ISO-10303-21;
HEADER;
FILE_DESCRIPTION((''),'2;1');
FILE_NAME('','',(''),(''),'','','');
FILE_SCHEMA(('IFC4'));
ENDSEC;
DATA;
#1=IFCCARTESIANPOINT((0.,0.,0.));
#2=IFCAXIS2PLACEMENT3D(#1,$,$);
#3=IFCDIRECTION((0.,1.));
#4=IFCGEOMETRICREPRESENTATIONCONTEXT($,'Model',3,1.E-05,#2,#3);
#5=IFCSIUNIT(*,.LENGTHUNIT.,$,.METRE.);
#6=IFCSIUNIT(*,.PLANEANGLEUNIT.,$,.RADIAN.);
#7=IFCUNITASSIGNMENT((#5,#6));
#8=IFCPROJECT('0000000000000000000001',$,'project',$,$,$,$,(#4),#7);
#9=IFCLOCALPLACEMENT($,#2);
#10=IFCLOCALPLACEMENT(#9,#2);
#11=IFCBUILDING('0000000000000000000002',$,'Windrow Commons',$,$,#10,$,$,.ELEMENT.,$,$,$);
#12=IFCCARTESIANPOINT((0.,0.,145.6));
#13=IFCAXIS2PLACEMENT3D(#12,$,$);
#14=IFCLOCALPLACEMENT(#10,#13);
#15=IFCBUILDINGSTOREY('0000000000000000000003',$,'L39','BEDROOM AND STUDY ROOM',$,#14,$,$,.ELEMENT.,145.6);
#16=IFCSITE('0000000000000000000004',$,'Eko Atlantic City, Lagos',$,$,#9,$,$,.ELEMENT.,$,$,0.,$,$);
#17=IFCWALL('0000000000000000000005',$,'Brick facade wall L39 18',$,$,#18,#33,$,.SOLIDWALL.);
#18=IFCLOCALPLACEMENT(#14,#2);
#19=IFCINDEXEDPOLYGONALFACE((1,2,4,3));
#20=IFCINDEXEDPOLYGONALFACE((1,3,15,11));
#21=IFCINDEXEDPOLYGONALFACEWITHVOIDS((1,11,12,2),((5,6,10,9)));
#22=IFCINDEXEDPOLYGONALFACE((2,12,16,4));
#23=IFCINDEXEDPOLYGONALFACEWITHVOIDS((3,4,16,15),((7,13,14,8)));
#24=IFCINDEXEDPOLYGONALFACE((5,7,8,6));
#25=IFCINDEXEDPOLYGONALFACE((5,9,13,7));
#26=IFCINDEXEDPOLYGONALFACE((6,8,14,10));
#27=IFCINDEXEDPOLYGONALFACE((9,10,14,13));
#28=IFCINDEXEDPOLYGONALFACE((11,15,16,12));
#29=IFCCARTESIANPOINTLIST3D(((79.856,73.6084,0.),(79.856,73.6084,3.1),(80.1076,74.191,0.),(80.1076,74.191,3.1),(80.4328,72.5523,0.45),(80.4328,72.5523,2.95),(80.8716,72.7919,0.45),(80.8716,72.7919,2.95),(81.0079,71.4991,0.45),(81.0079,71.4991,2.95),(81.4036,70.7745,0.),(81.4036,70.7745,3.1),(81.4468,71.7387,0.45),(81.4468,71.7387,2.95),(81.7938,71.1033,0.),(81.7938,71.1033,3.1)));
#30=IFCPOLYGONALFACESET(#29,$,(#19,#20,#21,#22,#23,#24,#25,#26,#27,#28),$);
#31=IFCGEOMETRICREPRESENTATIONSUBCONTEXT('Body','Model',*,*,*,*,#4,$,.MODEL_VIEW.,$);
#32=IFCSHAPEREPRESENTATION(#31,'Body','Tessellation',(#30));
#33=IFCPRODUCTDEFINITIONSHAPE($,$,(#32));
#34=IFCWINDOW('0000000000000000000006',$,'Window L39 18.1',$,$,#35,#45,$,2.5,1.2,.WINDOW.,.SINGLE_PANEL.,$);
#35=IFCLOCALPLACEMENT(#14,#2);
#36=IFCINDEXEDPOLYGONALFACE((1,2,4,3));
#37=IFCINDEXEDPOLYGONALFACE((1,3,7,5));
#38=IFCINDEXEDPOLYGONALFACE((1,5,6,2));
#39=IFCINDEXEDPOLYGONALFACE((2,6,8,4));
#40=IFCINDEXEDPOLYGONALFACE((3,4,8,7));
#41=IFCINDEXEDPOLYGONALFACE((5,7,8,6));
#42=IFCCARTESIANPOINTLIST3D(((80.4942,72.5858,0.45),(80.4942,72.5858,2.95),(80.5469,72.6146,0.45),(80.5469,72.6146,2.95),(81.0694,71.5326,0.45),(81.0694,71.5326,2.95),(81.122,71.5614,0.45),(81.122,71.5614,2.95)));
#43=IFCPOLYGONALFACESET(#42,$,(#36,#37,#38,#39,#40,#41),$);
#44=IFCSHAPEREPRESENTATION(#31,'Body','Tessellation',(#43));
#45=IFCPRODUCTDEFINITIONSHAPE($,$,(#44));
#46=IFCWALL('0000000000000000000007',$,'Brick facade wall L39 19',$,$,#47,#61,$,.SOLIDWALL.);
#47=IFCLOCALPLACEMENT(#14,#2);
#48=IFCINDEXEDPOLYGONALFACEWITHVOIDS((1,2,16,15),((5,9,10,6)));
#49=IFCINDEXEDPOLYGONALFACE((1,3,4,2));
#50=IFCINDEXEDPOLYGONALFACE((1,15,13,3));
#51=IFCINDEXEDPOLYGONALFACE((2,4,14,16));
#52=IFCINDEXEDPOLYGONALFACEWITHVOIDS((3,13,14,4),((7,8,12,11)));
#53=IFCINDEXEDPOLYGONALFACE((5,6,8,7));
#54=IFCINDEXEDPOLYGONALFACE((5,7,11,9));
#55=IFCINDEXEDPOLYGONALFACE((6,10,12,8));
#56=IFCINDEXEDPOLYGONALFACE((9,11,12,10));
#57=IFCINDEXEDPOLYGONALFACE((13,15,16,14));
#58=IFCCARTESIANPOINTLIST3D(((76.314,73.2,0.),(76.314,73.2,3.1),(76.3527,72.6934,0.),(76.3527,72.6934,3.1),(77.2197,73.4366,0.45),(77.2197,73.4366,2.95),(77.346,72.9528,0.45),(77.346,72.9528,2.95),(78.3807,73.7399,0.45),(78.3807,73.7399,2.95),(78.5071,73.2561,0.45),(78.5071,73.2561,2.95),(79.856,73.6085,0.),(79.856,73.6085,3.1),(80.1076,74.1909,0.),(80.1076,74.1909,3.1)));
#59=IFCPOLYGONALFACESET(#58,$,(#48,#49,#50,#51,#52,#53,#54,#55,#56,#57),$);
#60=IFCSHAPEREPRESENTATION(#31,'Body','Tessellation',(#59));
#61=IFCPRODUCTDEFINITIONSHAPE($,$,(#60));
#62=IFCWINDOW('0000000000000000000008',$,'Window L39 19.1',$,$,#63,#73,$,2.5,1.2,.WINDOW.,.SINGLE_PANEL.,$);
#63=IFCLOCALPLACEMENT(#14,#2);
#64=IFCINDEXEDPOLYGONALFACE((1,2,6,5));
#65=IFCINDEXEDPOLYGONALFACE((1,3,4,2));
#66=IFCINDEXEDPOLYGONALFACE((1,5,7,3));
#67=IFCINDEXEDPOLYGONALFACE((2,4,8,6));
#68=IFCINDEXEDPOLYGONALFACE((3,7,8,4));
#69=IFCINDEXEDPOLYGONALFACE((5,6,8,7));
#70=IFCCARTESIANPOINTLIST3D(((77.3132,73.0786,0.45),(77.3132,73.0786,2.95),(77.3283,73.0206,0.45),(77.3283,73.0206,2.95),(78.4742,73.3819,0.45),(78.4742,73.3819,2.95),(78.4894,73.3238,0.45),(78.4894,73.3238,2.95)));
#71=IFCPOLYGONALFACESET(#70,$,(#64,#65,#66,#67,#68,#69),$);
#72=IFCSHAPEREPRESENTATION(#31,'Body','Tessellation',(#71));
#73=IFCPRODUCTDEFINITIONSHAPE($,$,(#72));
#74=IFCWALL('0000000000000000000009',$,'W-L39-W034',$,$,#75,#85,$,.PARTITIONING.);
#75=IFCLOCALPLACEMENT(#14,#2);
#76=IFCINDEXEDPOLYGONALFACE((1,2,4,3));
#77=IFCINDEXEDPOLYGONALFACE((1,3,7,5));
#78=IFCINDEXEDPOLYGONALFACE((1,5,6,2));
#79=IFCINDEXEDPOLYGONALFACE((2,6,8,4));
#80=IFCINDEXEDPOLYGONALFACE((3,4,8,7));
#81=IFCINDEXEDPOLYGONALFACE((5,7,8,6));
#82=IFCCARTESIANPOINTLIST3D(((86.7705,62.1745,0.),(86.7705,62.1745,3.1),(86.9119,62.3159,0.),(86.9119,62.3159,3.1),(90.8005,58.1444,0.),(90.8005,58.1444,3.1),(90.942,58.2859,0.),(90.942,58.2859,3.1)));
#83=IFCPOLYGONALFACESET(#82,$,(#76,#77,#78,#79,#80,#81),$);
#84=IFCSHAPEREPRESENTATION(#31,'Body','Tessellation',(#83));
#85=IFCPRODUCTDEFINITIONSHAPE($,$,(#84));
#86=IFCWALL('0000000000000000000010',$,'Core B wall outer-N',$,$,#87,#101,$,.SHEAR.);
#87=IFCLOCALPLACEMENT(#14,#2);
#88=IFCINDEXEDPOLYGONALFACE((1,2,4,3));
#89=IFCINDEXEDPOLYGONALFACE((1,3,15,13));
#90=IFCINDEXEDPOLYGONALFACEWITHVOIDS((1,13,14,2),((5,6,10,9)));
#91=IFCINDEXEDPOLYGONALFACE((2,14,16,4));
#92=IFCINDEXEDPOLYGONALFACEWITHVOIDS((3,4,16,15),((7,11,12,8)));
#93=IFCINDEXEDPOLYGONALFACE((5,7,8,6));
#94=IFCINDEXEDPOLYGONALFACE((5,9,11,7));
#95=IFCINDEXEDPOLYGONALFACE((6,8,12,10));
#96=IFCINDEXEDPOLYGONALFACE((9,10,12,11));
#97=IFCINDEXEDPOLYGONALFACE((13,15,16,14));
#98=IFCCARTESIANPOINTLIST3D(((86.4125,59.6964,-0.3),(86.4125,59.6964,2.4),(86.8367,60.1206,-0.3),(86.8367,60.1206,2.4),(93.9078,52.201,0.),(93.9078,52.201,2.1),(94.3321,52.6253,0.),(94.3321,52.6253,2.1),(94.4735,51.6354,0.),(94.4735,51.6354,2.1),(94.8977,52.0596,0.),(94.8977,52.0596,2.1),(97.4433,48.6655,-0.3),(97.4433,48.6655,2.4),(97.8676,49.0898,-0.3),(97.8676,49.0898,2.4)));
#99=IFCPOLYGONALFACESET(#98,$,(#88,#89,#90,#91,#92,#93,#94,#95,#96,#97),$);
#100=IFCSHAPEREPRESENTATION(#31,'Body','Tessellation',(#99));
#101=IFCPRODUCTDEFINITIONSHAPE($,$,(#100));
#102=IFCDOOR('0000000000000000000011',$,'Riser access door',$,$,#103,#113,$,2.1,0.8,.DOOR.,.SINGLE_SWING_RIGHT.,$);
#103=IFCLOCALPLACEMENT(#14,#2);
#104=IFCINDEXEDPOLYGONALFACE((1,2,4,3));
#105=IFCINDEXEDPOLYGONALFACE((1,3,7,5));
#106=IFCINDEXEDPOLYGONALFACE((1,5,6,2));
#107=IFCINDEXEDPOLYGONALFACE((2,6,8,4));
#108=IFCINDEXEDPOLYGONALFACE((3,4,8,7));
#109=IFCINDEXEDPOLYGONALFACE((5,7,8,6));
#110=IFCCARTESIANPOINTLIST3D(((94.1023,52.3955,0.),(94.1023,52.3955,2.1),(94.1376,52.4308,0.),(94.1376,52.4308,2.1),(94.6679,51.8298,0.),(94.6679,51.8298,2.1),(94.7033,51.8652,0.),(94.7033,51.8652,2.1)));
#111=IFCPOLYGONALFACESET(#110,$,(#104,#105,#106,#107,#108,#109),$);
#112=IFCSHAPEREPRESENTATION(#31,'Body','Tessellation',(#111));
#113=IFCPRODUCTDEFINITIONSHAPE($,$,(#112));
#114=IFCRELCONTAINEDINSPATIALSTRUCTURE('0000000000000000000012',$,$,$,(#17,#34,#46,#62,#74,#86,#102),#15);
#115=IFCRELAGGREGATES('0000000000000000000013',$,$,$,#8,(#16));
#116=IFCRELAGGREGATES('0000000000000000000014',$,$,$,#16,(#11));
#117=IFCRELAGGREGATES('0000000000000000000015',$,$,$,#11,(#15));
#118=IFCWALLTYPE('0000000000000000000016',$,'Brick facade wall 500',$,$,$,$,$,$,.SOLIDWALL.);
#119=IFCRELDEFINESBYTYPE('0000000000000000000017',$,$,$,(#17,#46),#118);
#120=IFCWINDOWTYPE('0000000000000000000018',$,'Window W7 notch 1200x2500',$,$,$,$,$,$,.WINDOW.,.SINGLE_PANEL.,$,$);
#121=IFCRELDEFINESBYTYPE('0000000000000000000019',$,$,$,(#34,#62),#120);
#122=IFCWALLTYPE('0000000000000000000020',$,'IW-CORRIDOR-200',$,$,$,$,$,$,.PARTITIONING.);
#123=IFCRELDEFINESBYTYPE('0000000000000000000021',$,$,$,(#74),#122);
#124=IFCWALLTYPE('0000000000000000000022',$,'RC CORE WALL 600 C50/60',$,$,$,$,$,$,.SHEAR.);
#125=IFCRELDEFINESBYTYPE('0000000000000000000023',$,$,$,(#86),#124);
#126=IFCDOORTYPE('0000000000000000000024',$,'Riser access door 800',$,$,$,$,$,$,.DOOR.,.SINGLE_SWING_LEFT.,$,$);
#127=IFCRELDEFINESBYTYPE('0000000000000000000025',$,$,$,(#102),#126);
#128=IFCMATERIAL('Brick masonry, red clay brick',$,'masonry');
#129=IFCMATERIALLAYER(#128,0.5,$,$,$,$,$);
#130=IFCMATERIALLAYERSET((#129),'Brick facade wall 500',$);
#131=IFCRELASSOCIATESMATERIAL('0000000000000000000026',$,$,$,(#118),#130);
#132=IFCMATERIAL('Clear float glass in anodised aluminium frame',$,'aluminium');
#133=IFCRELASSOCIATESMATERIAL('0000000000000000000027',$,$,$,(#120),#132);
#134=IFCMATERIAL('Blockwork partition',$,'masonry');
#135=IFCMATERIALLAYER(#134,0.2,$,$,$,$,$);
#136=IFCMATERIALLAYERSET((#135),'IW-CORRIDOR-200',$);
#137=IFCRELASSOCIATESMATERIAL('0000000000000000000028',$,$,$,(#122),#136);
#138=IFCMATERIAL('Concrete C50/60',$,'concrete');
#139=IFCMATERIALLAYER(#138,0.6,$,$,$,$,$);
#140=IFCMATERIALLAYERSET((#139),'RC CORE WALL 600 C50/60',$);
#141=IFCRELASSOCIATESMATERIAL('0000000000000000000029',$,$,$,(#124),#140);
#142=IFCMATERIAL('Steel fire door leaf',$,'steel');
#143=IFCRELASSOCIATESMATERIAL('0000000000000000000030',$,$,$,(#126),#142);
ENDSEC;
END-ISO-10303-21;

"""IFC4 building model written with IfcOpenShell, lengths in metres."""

from ifc_helpers import new_model, si_unit, direction, frame, frame_2d, origin, place, context, subcontext, project, spatial, polyline, rectangle, outline, extrude, material, layer, layer_set, type_object, element, fill, save


model = new_model("IFC4")

# Units and contexts
model_context = context("Model", 3, precision=1e-05, world=origin(), true_north=direction((0.0, 1.0)))
body_context = subcontext(model_context, "Body", "Model", "MODEL_VIEW")
ifc_project = project(units=[si_unit("LENGTHUNIT", "METRE"), si_unit("PLANEANGLEUNIT", "RADIAN")], contexts=[model_context])

# Site, building, storey
site_placement = place(None, origin())
site = spatial("IfcSite", under=ifc_project, at=site_placement, Name="Eko Atlantic City, Lagos", CompositionType="ELEMENT", RefElevation=0.0)
building_placement = place(site_placement, origin())
building = spatial("IfcBuilding", under=site, at=building_placement, Name="Windrow Commons", CompositionType="ELEMENT")
storey_placement = place(building_placement, frame((0.0, 0.0, 145.6)))
storey = spatial("IfcBuildingStorey", under=building, at=storey_placement, Name="L39", Description="BEDROOM AND STUDY ROOM", CompositionType="ELEMENT", Elevation=145.6)

# Walls, openings, windows
ifc_material_1 = material(Name="Brick masonry, red clay brick", Category="masonry")
ifc_layer_1 = layer(ifc_material_1, 0.5)
ifc_layer_set_1 = layer_set([ifc_layer_1], Name="Brick facade wall 500")
wall_type_1 = type_object("IfcWallType", Name="Brick facade wall 500", PredefinedType="SOLIDWALL", material=ifc_layer_set_1)
ifc_material_2 = material(Name="Clear float glass in anodised aluminium frame", Category="aluminium")
window_type = type_object("IfcWindowType", Name="Window W7 notch 1200x2500", PartitioningType="SINGLE_PANEL", PredefinedType="WINDOW", material=ifc_material_2)
wall_1_placement = place(storey_placement, frame((81.5987, 70.9389, 0.0), z_axis=(0.0, 0.0, 1.0), x_axis=(-0.47929, 0.877656, 0.0)))
wall_1 = element("IfcWall", 1, at=wall_1_placement, inside=storey, type_object=wall_type_1, Name="Brick facade wall L39 18", PredefinedType="SOLIDWALL", context=body_context, shape_type="SweptSolid", body=[
    extrude(outline(polyline([(0.0508, -0.25), (3.5689, -0.25), (3.1782, 0.25), (-0.0508, 0.25), (0.0508, -0.25)])), origin(), (0.0, 0.0, 1.0), 3.1),
])
opening_1_placement = place(wall_1_placement, frame((0.7748, 0.0, 0.45)))
opening_1 = element("IfcOpeningElement", 2, at=opening_1_placement, cuts=wall_1, PredefinedType="OPENING", context=body_context, shape_type="SweptSolid", body=[
    extrude(rectangle(XDim=1.2, YDim=2.5, at=frame_2d((0.6, 1.25))), frame((0.0, 0.26, 0.0), z_axis=(0.0, -1.0, 0.0), x_axis=(1.0, 0.0, 0.0)), (0.0, 0.0, 1.0), 0.52),
])
window_1_placement = place(opening_1_placement, origin())
window_1 = element("IfcWindow", 3, at=window_1_placement, inside=storey, type_object=window_type, Name="Window L39 18.1", OverallHeight=2.5, OverallWidth=1.2, PartitioningType="SINGLE_PANEL", PredefinedType="WINDOW", context=body_context, shape_type="SweptSolid", body=[
    extrude(rectangle(XDim=1.2, YDim=2.5, at=frame_2d((0.6, 1.25))), frame((0.0, 0.18, 0.0), z_axis=(0.0, -1.0, 0.0), x_axis=(1.0, 0.0, 0.0)), (0.0, 0.0, 1.0), 0.06),
])
fill(opening_1, window_1)
wall_2_placement = place(storey_placement, frame((79.9818, 73.8997, 0.0), z_axis=(0.0, 0.0, 1.0), x_axis=(-0.967538, -0.252724, 0.0)))
wall_2 = element("IfcWall", 4, at=wall_2_placement, inside=storey, type_object=wall_type_1, Name="Brick facade wall L39 19", PredefinedType="SOLIDWALL", context=body_context, shape_type="SweptSolid", body=[
    extrude(outline(polyline([(-0.1953, -0.25), (3.7256, -0.25), (3.8162, 0.25), (0.1953, 0.25), (-0.1953, -0.25)])), origin(), (0.0, 0.0, 1.0), 3.1),
])
opening_2_placement = place(wall_2_placement, frame((1.5895, 0.0, 0.45)))
opening_2 = element("IfcOpeningElement", 5, at=opening_2_placement, cuts=wall_2, PredefinedType="OPENING", context=body_context, shape_type="SweptSolid", body=[
    extrude(rectangle(XDim=1.2, YDim=2.5, at=frame_2d((0.6, 1.25))), frame((0.0, 0.26, 0.0), z_axis=(0.0, -1.0, 0.0), x_axis=(1.0, 0.0, 0.0)), (0.0, 0.0, 1.0), 0.52),
])
window_2_placement = place(opening_2_placement, origin())
window_2 = element("IfcWindow", 6, at=window_2_placement, inside=storey, type_object=window_type, Name="Window L39 19.1", OverallHeight=2.5, OverallWidth=1.2, PartitioningType="SINGLE_PANEL", PredefinedType="WINDOW", context=body_context, shape_type="SweptSolid", body=[
    extrude(rectangle(XDim=1.2, YDim=2.5, at=frame_2d((0.6, 1.25))), frame((0.0, 0.18, 0.0), z_axis=(0.0, -1.0, 0.0), x_axis=(1.0, 0.0, 0.0)), (0.0, 0.0, 1.0), 0.06),
])
fill(opening_2, window_2)

# Wall
ifc_material_3 = material(Name="Blockwork partition", Category="masonry")
ifc_layer_2 = layer(ifc_material_3, 0.2)
ifc_layer_set_2 = layer_set([ifc_layer_2], Name="IW-CORRIDOR-200")
wall_type_2 = type_object("IfcWallType", Name="IW-CORRIDOR-200", PredefinedType="PARTITIONING", material=ifc_layer_set_2)
wall_3_placement = place(storey_placement, frame((86.8412, 62.2452, 0.0), z_axis=(0.0, 0.0, 1.0), x_axis=(0.707107, -0.707107, 0.0)))
element("IfcWall", 7, at=wall_3_placement, inside=storey, type_object=wall_type_2, Name="W-L39-W034", PredefinedType="PARTITIONING", context=body_context, shape_type="SweptSolid", body=[
    extrude(rectangle(XDim=5.6993, YDim=0.2, at=frame_2d((2.8497, 0.0))), origin(), (0.0, 0.0, 1.0), 3.1),
])

# Wall, opening, door
ifc_material_4 = material(Name="Concrete C50/60", Category="concrete")
ifc_layer_3 = layer(ifc_material_4, 0.6)
ifc_layer_set_3 = layer_set([ifc_layer_3], Name="RC CORE WALL 600 C50/60")
wall_type_3 = type_object("IfcWallType", Name="RC CORE WALL 600 C50/60", PredefinedType="SHEAR", material=ifc_layer_set_3)
wall_4_placement = place(storey_placement, frame((86.6246, 59.9085, -0.3), z_axis=(0.0, 0.0, 1.0), x_axis=(0.707107, -0.707107, 0.0)))
wall_4 = element("IfcWall", 8, at=wall_4_placement, inside=storey, type_object=wall_type_3, Name="Core B wall outer-N", PredefinedType="SHEAR", context=body_context, shape_type="SweptSolid", body=[
    extrude(rectangle(XDim=15.6, YDim=0.6, at=frame_2d((7.8, 0.0))), origin(), (0.0, 0.0, 1.0), 2.7),
])
opening_3_placement = place(wall_4_placement, frame((10.6, 0.0, 0.3)))
opening_3 = element("IfcOpeningElement", 9, at=opening_3_placement, cuts=wall_4, PredefinedType="OPENING", context=body_context, shape_type="SweptSolid", body=[
    extrude(rectangle(XDim=0.8, YDim=2.1, at=frame_2d((0.4, 1.05))), frame((0.0, 0.31, 0.0), z_axis=(0.0, -1.0, 0.0), x_axis=(1.0, 0.0, 0.0)), (0.0, 0.0, 1.0), 0.62),
])
ifc_material_5 = material(Name="Steel fire door leaf", Category="steel")
door_type = type_object("IfcDoorType", Name="Riser access door 800", OperationType="SINGLE_SWING_LEFT", PredefinedType="DOOR", material=ifc_material_5)
door_placement = place(opening_3_placement, origin())
door = element("IfcDoor", 10, at=door_placement, inside=storey, type_object=door_type, Name="Riser access door", OperationType="SINGLE_SWING_RIGHT", OverallHeight=2.1, OverallWidth=0.8, PredefinedType="DOOR", context=body_context, shape_type="SweptSolid", body=[
    extrude(rectangle(XDim=0.8, YDim=2.1, at=frame_2d((0.4, 1.05))), frame((0.0, 0.025, 0.0), z_axis=(0.0, -1.0, 0.0), x_axis=(1.0, 0.0, 0.0)), (0.0, 0.0, 1.0), 0.05),
])
fill(opening_3, door)

save(model, "model.ifc")
